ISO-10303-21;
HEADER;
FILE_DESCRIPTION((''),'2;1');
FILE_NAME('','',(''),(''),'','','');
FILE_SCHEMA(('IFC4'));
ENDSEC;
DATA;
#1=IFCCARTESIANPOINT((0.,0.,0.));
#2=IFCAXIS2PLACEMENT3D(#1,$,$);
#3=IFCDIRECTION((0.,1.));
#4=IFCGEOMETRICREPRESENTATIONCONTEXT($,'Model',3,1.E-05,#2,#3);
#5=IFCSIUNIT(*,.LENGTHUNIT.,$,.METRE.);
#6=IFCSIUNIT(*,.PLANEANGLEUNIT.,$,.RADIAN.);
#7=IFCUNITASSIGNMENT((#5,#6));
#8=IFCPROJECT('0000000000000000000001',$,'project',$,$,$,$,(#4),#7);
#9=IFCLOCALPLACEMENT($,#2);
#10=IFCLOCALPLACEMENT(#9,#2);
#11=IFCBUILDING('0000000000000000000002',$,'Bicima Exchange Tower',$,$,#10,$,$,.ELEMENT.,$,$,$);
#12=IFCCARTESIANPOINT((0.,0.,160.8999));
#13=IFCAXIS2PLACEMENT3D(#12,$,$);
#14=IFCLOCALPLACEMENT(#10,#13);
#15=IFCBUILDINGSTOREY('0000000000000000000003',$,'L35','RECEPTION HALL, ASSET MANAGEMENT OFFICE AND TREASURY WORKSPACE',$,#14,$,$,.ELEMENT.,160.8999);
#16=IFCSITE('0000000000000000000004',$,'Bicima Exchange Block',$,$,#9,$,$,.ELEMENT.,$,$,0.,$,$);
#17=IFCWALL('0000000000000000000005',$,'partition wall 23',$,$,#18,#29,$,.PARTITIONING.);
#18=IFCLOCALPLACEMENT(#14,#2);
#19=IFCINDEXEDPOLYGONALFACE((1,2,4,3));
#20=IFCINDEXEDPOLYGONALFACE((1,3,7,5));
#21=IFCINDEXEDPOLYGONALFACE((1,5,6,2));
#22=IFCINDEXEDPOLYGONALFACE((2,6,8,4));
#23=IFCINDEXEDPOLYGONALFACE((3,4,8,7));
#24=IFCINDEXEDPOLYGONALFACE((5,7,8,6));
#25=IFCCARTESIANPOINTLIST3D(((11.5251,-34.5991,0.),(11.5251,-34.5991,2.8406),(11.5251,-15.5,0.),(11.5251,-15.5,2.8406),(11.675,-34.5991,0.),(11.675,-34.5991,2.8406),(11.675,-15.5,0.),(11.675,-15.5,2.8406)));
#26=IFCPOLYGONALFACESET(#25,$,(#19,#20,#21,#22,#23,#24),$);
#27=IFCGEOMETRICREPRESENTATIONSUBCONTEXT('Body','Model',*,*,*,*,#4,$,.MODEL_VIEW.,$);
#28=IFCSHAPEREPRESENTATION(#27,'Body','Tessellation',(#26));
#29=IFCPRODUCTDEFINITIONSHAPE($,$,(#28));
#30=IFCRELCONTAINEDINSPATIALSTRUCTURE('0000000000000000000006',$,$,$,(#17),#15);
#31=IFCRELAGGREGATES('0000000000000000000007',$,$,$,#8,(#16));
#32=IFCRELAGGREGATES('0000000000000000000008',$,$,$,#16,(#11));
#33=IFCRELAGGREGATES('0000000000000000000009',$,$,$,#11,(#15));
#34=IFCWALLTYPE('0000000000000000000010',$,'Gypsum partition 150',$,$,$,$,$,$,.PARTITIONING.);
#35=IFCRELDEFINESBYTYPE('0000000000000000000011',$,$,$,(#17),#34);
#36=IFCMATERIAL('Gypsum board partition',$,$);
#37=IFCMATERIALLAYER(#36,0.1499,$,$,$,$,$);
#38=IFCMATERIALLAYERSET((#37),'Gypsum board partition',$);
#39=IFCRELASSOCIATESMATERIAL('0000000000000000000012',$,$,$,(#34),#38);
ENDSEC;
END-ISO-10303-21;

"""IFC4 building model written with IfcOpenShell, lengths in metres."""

from ifc_helpers import new_model, si_unit, direction, frame, frame_2d, origin, place, context, subcontext, project, spatial, rectangle, extrude, material, layer, layer_set, type_object, element, save


model = new_model("IFC4")

# Units and contexts
model_context = context("Model", 3, precision=1e-05, world=origin(), true_north=direction((0.0, 1.0)))
body_context = subcontext(model_context, "Body", "Model", "MODEL_VIEW")
ifc_project = project(units=[si_unit("LENGTHUNIT", "METRE"), si_unit("PLANEANGLEUNIT", "RADIAN")], contexts=[model_context])

# Site, building, storey
site_placement = place(None, origin())
site = spatial("IfcSite", under=ifc_project, at=site_placement, Name="Bicima Exchange Block", CompositionType="ELEMENT", RefElevation=0.0)
building_placement = place(site_placement, origin())
building = spatial("IfcBuilding", under=site, at=building_placement, Name="Bicima Exchange Tower", CompositionType="ELEMENT")
storey_placement = place(building_placement, frame((0.0, 0.0, 160.8999)))
storey = spatial("IfcBuildingStorey", under=building, at=storey_placement, Name="L35", Description="RECEPTION HALL, ASSET MANAGEMENT OFFICE AND TREASURY WORKSPACE", CompositionType="ELEMENT", Elevation=160.8999)

# Wall
ifc_material_1 = material(Name="Gypsum board partition")
ifc_layer_1 = layer(ifc_material_1, 0.1499)
ifc_layer_set_1 = layer_set([ifc_layer_1], Name="Gypsum board partition")
wall_type = type_object("IfcWallType", Name="Gypsum partition 150", PredefinedType="PARTITIONING", material=ifc_layer_set_1)
wall_placement = place(storey_placement, frame((11.6001, -34.5991, 0.0), z_axis=(0.0, 0.0, 1.0), x_axis=(0.0, 1.0, 0.0)))
element("IfcWall", 1, at=wall_placement, inside=storey, type_object=wall_type, Name="partition wall 23", PredefinedType="PARTITIONING", context=body_context, shape_type="SweptSolid", body=[
    extrude(rectangle(XDim=19.0991, YDim=0.1499, at=frame_2d((9.5496, 0.0))), origin(), (0.0, 0.0, 1.0), 2.8406),
])

save(model, "model.ifc")
